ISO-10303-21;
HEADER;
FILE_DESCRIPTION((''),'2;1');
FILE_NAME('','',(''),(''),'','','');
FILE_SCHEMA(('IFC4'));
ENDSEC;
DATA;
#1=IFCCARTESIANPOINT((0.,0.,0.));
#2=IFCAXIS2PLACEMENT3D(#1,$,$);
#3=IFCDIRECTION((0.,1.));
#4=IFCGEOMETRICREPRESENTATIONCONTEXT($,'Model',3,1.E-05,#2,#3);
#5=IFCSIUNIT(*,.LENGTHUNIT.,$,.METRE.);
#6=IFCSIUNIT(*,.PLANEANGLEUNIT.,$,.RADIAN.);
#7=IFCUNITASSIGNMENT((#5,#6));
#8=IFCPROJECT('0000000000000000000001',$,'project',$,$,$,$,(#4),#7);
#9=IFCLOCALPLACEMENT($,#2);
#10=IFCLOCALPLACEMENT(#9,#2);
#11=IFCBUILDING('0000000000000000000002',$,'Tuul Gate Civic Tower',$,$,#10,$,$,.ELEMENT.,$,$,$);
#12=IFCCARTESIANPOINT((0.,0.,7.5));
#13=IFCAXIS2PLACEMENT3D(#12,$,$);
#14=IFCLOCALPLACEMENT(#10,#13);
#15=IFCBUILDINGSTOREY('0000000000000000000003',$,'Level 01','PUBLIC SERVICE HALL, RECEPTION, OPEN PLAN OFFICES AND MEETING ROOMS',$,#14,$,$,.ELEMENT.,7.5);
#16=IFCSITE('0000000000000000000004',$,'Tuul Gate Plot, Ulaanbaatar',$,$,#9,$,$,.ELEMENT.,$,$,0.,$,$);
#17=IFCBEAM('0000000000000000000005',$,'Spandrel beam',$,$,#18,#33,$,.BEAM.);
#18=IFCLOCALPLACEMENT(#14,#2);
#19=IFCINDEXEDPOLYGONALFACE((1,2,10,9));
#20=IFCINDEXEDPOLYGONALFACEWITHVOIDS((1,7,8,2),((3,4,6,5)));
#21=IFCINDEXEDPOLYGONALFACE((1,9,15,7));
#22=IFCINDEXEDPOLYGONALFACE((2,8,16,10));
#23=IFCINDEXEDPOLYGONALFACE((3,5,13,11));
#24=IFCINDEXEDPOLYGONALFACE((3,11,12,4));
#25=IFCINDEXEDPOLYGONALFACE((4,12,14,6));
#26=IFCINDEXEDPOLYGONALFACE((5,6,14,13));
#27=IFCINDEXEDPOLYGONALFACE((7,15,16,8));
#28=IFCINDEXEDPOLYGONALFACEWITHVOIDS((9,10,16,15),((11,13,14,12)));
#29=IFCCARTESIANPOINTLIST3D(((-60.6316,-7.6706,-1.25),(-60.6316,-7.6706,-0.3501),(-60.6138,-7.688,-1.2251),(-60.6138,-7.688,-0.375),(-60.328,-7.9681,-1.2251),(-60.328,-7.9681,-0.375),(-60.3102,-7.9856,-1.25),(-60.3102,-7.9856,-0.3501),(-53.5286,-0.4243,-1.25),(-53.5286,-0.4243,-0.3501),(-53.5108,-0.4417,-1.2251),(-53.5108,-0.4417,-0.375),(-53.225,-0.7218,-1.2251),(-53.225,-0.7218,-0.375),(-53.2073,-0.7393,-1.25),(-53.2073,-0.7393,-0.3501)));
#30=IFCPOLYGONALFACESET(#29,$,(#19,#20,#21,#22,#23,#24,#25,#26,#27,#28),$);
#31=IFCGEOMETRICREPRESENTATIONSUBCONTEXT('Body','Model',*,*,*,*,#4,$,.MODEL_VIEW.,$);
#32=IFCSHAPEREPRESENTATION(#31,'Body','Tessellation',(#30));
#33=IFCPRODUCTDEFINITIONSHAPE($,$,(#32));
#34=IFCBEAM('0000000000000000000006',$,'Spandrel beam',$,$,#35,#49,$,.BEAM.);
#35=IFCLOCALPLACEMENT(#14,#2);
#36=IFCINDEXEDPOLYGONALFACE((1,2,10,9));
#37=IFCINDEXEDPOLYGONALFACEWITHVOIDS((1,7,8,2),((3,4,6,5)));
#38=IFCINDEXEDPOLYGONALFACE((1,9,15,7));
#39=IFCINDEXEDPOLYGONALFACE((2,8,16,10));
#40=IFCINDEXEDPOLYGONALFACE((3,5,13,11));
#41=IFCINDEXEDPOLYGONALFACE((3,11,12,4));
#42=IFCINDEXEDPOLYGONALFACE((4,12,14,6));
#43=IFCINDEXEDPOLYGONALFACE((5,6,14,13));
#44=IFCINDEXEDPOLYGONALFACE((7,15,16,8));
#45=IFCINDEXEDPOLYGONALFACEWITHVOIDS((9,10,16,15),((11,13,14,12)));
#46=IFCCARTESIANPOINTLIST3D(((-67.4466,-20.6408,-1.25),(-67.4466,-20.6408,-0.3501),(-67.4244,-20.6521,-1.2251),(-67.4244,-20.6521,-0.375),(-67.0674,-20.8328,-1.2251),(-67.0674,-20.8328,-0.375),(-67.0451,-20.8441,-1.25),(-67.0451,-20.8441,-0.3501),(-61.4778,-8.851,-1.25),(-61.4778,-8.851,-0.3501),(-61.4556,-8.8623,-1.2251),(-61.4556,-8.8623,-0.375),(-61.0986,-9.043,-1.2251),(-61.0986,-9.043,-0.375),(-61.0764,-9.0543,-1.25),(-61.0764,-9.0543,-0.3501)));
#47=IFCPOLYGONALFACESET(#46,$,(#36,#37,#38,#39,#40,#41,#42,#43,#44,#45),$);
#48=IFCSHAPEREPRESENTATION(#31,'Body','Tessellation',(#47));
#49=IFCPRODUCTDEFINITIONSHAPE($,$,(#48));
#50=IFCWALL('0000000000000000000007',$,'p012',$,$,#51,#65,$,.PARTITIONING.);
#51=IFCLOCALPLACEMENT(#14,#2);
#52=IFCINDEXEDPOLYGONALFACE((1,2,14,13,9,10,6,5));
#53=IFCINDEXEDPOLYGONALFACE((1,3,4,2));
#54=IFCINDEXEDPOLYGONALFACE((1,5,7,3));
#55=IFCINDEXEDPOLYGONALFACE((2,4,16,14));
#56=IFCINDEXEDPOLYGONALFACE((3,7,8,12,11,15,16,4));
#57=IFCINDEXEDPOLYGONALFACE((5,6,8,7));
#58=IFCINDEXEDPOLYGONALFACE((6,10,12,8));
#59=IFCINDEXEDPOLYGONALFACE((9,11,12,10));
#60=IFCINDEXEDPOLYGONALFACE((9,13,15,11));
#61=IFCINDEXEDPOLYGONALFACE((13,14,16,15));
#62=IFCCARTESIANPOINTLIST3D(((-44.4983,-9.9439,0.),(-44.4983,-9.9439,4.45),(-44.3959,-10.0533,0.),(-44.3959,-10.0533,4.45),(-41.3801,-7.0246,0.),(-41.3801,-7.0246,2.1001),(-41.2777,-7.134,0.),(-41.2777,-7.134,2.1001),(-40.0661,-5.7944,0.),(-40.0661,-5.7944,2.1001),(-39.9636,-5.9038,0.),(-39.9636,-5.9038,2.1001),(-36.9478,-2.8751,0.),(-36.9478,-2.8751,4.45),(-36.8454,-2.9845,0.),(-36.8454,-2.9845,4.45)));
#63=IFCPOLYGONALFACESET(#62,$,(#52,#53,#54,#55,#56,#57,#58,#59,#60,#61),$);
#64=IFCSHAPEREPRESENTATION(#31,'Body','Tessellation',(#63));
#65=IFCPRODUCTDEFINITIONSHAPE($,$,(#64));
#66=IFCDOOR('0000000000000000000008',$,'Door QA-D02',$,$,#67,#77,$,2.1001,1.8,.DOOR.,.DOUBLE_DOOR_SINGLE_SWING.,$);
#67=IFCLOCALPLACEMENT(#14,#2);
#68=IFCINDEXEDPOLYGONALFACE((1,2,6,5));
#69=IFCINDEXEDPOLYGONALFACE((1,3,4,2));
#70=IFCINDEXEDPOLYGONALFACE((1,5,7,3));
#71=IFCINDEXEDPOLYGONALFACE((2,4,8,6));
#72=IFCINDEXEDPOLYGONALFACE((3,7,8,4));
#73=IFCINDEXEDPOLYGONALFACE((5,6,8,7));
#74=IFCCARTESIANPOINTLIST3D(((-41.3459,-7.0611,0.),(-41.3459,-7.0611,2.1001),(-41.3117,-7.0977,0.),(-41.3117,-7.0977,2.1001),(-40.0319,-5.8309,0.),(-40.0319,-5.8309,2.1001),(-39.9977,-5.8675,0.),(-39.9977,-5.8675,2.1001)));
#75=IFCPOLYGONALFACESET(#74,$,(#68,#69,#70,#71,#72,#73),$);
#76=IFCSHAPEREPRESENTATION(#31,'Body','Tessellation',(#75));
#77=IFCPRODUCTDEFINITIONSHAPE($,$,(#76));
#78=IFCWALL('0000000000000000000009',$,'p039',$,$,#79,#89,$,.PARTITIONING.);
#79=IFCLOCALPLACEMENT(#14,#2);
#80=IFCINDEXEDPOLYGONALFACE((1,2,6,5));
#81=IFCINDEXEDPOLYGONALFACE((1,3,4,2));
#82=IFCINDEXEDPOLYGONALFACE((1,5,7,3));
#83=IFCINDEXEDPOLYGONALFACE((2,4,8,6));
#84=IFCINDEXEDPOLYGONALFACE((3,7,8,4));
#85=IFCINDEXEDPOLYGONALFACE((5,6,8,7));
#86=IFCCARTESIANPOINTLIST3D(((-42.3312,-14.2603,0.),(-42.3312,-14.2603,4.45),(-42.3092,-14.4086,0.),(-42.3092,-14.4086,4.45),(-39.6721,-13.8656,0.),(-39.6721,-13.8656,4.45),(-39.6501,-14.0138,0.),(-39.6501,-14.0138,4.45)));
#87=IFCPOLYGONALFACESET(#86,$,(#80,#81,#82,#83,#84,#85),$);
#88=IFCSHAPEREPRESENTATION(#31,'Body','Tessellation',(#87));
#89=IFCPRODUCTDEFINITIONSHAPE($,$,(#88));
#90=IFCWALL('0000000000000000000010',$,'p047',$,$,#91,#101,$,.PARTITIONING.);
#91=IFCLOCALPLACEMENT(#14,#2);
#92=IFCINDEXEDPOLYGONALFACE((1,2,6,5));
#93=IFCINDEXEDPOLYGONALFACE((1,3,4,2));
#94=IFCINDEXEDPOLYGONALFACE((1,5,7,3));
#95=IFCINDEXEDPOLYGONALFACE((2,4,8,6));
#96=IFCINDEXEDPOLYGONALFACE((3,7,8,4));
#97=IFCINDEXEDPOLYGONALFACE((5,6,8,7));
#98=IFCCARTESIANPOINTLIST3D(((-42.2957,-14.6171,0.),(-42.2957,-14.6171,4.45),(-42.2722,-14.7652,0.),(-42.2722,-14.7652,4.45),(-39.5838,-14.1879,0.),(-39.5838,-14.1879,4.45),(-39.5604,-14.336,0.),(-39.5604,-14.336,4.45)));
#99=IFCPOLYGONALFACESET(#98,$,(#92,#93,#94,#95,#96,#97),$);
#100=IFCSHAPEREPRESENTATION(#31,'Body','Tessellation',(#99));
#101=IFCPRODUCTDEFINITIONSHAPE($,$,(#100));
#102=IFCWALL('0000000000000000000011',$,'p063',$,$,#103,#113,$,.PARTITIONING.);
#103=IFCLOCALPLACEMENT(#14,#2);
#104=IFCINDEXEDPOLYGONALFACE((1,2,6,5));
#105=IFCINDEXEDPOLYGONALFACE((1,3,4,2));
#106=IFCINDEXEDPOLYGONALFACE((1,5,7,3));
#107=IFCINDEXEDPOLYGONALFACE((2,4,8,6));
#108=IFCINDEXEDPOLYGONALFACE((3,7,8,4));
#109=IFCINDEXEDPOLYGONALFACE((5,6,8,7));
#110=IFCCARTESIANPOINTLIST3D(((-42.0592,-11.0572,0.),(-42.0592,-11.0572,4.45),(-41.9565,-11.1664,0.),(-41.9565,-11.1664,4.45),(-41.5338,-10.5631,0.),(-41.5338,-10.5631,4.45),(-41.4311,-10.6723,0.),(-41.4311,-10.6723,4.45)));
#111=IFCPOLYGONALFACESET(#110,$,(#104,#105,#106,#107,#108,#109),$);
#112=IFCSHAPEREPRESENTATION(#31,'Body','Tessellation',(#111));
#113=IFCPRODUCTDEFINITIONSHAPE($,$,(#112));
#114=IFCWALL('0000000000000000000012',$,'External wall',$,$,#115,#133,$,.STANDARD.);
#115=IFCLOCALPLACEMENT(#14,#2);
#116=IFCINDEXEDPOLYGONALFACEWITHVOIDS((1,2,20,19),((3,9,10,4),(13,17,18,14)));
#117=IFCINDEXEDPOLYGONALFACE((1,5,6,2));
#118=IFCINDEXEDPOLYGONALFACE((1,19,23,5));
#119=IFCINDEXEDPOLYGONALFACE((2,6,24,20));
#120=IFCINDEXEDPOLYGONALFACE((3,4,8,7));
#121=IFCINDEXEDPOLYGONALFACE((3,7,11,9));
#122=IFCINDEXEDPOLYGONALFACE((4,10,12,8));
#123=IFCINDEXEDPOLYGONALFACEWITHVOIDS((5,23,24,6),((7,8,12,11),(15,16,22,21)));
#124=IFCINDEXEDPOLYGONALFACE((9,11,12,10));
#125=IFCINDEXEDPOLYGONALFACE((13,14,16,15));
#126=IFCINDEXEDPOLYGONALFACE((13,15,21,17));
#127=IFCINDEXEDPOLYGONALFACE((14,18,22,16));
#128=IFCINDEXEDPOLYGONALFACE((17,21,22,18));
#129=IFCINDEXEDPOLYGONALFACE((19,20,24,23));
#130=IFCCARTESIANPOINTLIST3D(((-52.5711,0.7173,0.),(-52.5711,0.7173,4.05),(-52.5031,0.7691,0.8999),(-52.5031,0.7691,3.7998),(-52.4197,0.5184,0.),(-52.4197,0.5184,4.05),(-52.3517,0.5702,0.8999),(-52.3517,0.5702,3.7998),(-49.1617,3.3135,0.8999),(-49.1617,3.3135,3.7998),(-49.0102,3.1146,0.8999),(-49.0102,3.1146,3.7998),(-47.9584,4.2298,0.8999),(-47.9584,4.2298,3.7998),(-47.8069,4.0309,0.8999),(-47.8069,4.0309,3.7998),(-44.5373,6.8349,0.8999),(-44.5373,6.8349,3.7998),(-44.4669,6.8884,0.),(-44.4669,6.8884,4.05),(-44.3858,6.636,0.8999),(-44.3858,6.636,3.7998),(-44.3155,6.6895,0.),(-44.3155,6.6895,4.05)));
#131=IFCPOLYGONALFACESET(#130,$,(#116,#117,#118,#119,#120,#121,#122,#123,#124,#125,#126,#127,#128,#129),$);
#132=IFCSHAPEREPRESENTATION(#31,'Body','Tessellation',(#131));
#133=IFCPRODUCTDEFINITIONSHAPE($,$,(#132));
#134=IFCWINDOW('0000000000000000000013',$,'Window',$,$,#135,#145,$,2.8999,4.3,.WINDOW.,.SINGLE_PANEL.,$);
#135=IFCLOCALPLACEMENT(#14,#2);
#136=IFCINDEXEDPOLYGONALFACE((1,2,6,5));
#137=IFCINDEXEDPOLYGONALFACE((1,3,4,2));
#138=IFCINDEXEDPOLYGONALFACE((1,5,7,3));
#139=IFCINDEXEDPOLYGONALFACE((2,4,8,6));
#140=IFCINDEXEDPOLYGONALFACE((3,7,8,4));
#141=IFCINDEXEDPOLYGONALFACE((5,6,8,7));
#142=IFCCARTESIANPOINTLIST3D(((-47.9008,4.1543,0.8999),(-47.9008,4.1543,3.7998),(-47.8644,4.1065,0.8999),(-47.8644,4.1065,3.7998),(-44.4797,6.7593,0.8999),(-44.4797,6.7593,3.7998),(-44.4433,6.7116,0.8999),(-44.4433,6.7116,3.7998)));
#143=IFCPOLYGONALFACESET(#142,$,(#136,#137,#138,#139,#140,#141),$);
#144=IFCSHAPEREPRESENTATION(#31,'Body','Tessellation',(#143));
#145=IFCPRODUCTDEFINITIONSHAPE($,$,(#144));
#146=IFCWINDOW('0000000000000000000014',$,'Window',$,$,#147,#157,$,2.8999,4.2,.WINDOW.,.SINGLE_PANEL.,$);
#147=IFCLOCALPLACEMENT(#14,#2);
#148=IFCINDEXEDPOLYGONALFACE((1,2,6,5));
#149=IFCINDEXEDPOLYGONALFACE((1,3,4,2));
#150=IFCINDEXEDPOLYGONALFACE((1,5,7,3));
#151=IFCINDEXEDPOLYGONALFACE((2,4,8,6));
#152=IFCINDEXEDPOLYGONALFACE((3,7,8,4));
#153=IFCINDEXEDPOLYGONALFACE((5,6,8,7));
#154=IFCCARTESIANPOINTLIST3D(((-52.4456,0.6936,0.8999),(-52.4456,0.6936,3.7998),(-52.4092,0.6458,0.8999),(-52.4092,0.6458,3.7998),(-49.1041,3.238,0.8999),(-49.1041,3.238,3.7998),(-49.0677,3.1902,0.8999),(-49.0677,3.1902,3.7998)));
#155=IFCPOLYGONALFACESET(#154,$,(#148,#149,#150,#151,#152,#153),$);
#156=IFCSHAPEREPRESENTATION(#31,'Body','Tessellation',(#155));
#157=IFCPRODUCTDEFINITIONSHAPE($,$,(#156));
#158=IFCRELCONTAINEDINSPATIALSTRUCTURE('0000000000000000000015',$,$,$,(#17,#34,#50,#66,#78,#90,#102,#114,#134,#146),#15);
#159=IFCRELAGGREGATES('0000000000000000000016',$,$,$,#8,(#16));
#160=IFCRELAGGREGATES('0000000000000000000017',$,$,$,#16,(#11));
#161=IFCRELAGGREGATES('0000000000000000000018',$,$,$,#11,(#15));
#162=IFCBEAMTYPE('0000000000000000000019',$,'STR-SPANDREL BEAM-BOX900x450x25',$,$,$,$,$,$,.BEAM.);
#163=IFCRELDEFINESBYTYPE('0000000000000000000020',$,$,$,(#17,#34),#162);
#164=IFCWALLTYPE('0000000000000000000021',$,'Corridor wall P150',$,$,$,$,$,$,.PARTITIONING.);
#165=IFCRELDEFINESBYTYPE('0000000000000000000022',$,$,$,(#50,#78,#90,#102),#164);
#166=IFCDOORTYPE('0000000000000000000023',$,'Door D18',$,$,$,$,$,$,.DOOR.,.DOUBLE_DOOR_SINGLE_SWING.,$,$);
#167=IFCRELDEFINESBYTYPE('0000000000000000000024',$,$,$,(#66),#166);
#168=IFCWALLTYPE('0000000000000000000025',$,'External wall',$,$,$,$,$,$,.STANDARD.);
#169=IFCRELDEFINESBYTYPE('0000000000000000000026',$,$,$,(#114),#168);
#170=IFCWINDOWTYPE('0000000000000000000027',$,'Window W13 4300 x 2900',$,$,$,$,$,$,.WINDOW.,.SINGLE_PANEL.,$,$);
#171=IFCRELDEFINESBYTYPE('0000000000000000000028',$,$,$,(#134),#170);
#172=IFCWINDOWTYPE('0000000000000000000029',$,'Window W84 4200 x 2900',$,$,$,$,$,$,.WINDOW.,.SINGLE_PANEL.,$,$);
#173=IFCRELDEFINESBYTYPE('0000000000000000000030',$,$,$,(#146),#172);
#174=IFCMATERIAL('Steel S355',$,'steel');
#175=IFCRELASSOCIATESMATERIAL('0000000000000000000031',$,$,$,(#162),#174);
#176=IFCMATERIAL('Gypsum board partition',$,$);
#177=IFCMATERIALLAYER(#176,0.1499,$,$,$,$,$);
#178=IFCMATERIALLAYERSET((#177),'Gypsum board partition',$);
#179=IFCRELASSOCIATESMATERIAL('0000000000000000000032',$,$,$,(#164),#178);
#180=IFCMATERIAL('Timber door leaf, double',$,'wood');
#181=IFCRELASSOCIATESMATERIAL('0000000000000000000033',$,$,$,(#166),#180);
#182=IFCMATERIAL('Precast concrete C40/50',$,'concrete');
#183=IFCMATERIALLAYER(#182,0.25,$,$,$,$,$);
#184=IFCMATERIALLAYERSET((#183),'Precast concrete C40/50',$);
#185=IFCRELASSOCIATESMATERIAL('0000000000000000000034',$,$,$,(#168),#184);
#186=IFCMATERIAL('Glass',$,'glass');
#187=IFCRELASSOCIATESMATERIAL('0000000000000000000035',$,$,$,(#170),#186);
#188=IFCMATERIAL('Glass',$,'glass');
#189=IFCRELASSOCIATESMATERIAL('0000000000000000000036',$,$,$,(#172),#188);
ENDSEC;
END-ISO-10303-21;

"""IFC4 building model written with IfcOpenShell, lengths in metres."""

from ifc_helpers import new_model, si_unit, direction, frame, frame_2d, origin, origin_2d, place, context, subcontext, project, spatial, rectangle, hollow_rectangle, extrude, material, layer, layer_set, material_profile, profile_set, type_object, element, fill, save


model = new_model("IFC4")

# Units and contexts
model_context = context("Model", 3, precision=1e-05, world=origin(), true_north=direction((0.0, 1.0)))
body_context = subcontext(model_context, "Body", "Model", "MODEL_VIEW")
ifc_project = project(units=[si_unit("LENGTHUNIT", "METRE"), si_unit("PLANEANGLEUNIT", "RADIAN")], contexts=[model_context])

# Site, building, storey
site_placement = place(None, origin())
site = spatial("IfcSite", under=ifc_project, at=site_placement, Name="Tuul Gate Plot, Ulaanbaatar", CompositionType="ELEMENT", RefElevation=0.0)
building_placement = place(site_placement, origin())
building = spatial("IfcBuilding", under=site, at=building_placement, Name="Tuul Gate Civic Tower", CompositionType="ELEMENT")
storey_placement = place(building_placement, frame((0.0, 0.0, 7.5)))
storey = spatial("IfcBuildingStorey", under=building, at=storey_placement, Name="Level 01", Description="PUBLIC SERVICE HALL, RECEPTION, OPEN PLAN OFFICES AND MEETING ROOMS", CompositionType="ELEMENT", Elevation=7.5)

# Beams
ifc_material_1 = material(Name="Steel S355", Category="steel")
ifc_material_profile_1 = material_profile(ifc_material_1, hollow_rectangle(XDim=0.45, YDim=0.8999, WallThickness=0.0249, at=origin_2d()), Name="BOX900x450x25")
ifc_profile_set_1 = profile_set([ifc_material_profile_1], Name="Steel S355")
beam_type_1 = type_object("IfcBeamType", Name="STR-SPANDREL BEAM-BOX900x450x25", PredefinedType="BEAM", material=ifc_profile_set_1)
beam_1_placement = place(storey_placement, frame((-53.3679, -0.5818, -0.8), z_axis=(-0.70001, -0.714133, 0.0), x_axis=(0.714133, -0.70001, 0.0)))
element("IfcBeam", 1, at=beam_1_placement, inside=storey, type_object=beam_type_1, Name="Spandrel beam", PredefinedType="BEAM", context=body_context, shape_type="SweptSolid", body=[
    extrude(hollow_rectangle(XDim=0.45, YDim=0.8999, WallThickness=0.0249, at=origin_2d()), origin(), (0.0, 0.0, 1.0), 10.147),
])
beam_2_placement = place(storey_placement, frame((-61.2771, -8.9526, -0.8), z_axis=(-0.451679, -0.892181, 0.0), x_axis=(0.892181, -0.451679, 0.0)))
element("IfcBeam", 2, at=beam_2_placement, inside=storey, type_object=beam_type_1, Name="Spandrel beam", PredefinedType="BEAM", context=body_context, shape_type="SweptSolid", body=[
    extrude(hollow_rectangle(XDim=0.45, YDim=0.8999, WallThickness=0.0249, at=origin_2d()), origin(), (0.0, 0.0, 1.0), 13.2146),
])

# Wall, opening, door
ifc_material_2 = material(Name="Gypsum board partition")
ifc_layer_1 = layer(ifc_material_2, 0.1499)
ifc_layer_set_1 = layer_set([ifc_layer_1], Name="Gypsum board partition")
wall_type_1 = type_object("IfcWallType", Name="Corridor wall P150", PredefinedType="PARTITIONING", material=ifc_layer_set_1)
wall_1_placement = place(storey_placement, frame((-44.447, -9.9985, 0.0), z_axis=(0.0, 0.0, 1.0), x_axis=(0.730009, 0.683438, 0.0)))
wall_1 = element("IfcWall", 3, at=wall_1_placement, inside=storey, type_object=wall_type_1, Name="p012", PredefinedType="PARTITIONING", context=body_context, shape_type="SweptSolid", body=[
    extrude(rectangle(XDim=10.343, YDim=0.1499, at=frame_2d((5.1714, 0.0))), origin(), (0.0, 0.0, 1.0), 4.45),
])
opening_1_placement = place(wall_1_placement, frame((4.2715, 0.0, 0.0)))
opening_1 = element("IfcOpeningElement", 4, at=opening_1_placement, cuts=wall_1, PredefinedType="OPENING", context=body_context, shape_type="SweptSolid", body=[
    extrude(rectangle(XDim=1.8, YDim=2.1001, at=frame_2d((0.8999, 1.05))), frame((0.0, 0.085, 0.0), z_axis=(0.0, -1.0, 0.0), x_axis=(1.0, 0.0, 0.0)), (0.0, 0.0, 1.0), 0.1699),
])
ifc_material_3 = material(Name="Timber door leaf, double", Category="wood")
door_type = type_object("IfcDoorType", Name="Door D18", OperationType="DOUBLE_DOOR_SINGLE_SWING", PredefinedType="DOOR", material=ifc_material_3)
door_placement = place(opening_1_placement, origin())
door = element("IfcDoor", 5, at=door_placement, inside=storey, type_object=door_type, Name="Door QA-D02", OperationType="DOUBLE_DOOR_SINGLE_SWING", OverallHeight=2.1001, OverallWidth=1.8, PredefinedType="DOOR", context=body_context, shape_type="SweptSolid", body=[
    extrude(rectangle(XDim=1.8, YDim=2.1001, at=frame_2d((0.8999, 1.05))), frame((0.0, 0.0249, 0.0), z_axis=(0.0, -1.0, 0.0), x_axis=(1.0, 0.0, 0.0)), (0.0, 0.0, 1.0), 0.05),
])
fill(opening_1, door)

# Walls
wall_2_placement = place(storey_placement, frame((-42.3203, -14.3345, 0.0), z_axis=(0.0, 0.0, 1.0), x_axis=(0.989159, 0.146848, 0.0)))
element("IfcWall", 6, at=wall_2_placement, inside=storey, type_object=wall_type_1, Name="p039", PredefinedType="PARTITIONING", context=body_context, shape_type="SweptSolid", body=[
    extrude(rectangle(XDim=2.6882, YDim=0.1499, at=frame_2d((1.3442, 0.0))), origin(), (0.0, 0.0, 1.0), 4.45),
])
wall_3_placement = place(storey_placement, frame((-42.2839, -14.6912, 0.0), z_axis=(0.0, 0.0, 1.0), x_axis=(0.987707, 0.156319, 0.0)))
element("IfcWall", 7, at=wall_3_placement, inside=storey, type_object=wall_type_1, Name="p047", PredefinedType="PARTITIONING", context=body_context, shape_type="SweptSolid", body=[
    extrude(rectangle(XDim=2.7456, YDim=0.1499, at=frame_2d((1.3728, 0.0))), origin(), (0.0, 0.0, 1.0), 4.45),
])
wall_4_placement = place(storey_placement, frame((-42.0078, -11.1118, 0.0), z_axis=(0.0, 0.0, 1.0), x_axis=(0.728438, 0.685111, 0.0)))
element("IfcWall", 8, at=wall_4_placement, inside=storey, type_object=wall_type_1, Name="p063", PredefinedType="PARTITIONING", context=body_context, shape_type="SweptSolid", body=[
    extrude(rectangle(XDim=0.7212, YDim=0.1499, at=frame_2d((0.3606, 0.0))), origin(), (0.0, 0.0, 1.0), 4.45),
])

# Wall, openings, windows
ifc_material_4 = material(Name="Precast concrete C40/50", Category="concrete")
ifc_layer_2 = layer(ifc_material_4, 0.25)
ifc_layer_set_2 = layer_set([ifc_layer_2], Name="Precast concrete C40/50")
wall_type_2 = type_object("IfcWallType", Name="External wall", PredefinedType="STANDARD", material=ifc_layer_set_2)
wall_5_placement = place(storey_placement, frame((-44.3911, 6.7891, 0.0), z_axis=(0.0, 0.0, 1.0), x_axis=(-0.795598, -0.605824, 0.0)))
wall_5 = element("IfcWall", 9, at=wall_5_placement, inside=storey, type_object=wall_type_2, Name="External wall", PredefinedType="STANDARD", context=body_context, shape_type="SweptSolid", body=[
    extrude(rectangle(XDim=10.1863, YDim=0.25, at=frame_2d((5.0933, 0.0))), origin(), (0.0, 0.0, 1.0), 4.05),
])
opening_2_placement = place(wall_5_placement, frame((0.0886, 0.0, 0.8999)))
opening_2 = element("IfcOpeningElement", 10, at=opening_2_placement, cuts=wall_5, PredefinedType="OPENING", context=body_context, shape_type="SweptSolid", body=[
    extrude(rectangle(XDim=4.3, YDim=2.8999, at=frame_2d((2.1499, 1.45))), frame((0.0, 0.135, 0.0), z_axis=(0.0, -1.0, 0.0), x_axis=(1.0, 0.0, 0.0)), (0.0, 0.0, 1.0), 0.27),
])
opening_3_placement = place(wall_5_placement, frame((5.9009, 0.0, 0.8999)))
opening_3 = element("IfcOpeningElement", 11, at=opening_3_placement, cuts=wall_5, PredefinedType="OPENING", context=body_context, shape_type="SweptSolid", body=[
    extrude(rectangle(XDim=4.2, YDim=2.8999, at=frame_2d((2.1001, 1.45))), frame((0.0, 0.135, 0.0), z_axis=(0.0, -1.0, 0.0), x_axis=(1.0, 0.0, 0.0)), (0.0, 0.0, 1.0), 0.27),
])
ifc_material_5 = material(Name="Glass", Category="glass")
window_type_1 = type_object("IfcWindowType", Name="Window W13 4300 x 2900", PartitioningType="SINGLE_PANEL", PredefinedType="WINDOW", material=ifc_material_5)
window_1_placement = place(opening_2_placement, origin())
window_1 = element("IfcWindow", 12, at=window_1_placement, inside=storey, type_object=window_type_1, Name="Window", OverallHeight=2.8999, OverallWidth=4.3, PartitioningType="SINGLE_PANEL", PredefinedType="WINDOW", context=body_context, shape_type="SweptSolid", body=[
    extrude(rectangle(XDim=4.3, YDim=2.8999, at=frame_2d((2.1499, 1.45))), frame((0.0, 0.03, 0.0), z_axis=(0.0, -1.0, 0.0), x_axis=(1.0, 0.0, 0.0)), (0.0, 0.0, 1.0), 0.0601),
])
fill(opening_2, window_1)
ifc_material_6 = material(Name="Glass", Category="glass")
window_type_2 = type_object("IfcWindowType", Name="Window W84 4200 x 2900", PartitioningType="SINGLE_PANEL", PredefinedType="WINDOW", material=ifc_material_6)
window_2_placement = place(opening_3_placement, origin())
window_2 = element("IfcWindow", 13, at=window_2_placement, inside=storey, type_object=window_type_2, Name="Window", OverallHeight=2.8999, OverallWidth=4.2, PartitioningType="SINGLE_PANEL", PredefinedType="WINDOW", context=body_context, shape_type="SweptSolid", body=[
    extrude(rectangle(XDim=4.2, YDim=2.8999, at=frame_2d((2.1001, 1.45))), frame((0.0, 0.03, 0.0), z_axis=(0.0, -1.0, 0.0), x_axis=(1.0, 0.0, 0.0)), (0.0, 0.0, 1.0), 0.0601),
])
fill(opening_3, window_2)

save(model, "model.ifc")
